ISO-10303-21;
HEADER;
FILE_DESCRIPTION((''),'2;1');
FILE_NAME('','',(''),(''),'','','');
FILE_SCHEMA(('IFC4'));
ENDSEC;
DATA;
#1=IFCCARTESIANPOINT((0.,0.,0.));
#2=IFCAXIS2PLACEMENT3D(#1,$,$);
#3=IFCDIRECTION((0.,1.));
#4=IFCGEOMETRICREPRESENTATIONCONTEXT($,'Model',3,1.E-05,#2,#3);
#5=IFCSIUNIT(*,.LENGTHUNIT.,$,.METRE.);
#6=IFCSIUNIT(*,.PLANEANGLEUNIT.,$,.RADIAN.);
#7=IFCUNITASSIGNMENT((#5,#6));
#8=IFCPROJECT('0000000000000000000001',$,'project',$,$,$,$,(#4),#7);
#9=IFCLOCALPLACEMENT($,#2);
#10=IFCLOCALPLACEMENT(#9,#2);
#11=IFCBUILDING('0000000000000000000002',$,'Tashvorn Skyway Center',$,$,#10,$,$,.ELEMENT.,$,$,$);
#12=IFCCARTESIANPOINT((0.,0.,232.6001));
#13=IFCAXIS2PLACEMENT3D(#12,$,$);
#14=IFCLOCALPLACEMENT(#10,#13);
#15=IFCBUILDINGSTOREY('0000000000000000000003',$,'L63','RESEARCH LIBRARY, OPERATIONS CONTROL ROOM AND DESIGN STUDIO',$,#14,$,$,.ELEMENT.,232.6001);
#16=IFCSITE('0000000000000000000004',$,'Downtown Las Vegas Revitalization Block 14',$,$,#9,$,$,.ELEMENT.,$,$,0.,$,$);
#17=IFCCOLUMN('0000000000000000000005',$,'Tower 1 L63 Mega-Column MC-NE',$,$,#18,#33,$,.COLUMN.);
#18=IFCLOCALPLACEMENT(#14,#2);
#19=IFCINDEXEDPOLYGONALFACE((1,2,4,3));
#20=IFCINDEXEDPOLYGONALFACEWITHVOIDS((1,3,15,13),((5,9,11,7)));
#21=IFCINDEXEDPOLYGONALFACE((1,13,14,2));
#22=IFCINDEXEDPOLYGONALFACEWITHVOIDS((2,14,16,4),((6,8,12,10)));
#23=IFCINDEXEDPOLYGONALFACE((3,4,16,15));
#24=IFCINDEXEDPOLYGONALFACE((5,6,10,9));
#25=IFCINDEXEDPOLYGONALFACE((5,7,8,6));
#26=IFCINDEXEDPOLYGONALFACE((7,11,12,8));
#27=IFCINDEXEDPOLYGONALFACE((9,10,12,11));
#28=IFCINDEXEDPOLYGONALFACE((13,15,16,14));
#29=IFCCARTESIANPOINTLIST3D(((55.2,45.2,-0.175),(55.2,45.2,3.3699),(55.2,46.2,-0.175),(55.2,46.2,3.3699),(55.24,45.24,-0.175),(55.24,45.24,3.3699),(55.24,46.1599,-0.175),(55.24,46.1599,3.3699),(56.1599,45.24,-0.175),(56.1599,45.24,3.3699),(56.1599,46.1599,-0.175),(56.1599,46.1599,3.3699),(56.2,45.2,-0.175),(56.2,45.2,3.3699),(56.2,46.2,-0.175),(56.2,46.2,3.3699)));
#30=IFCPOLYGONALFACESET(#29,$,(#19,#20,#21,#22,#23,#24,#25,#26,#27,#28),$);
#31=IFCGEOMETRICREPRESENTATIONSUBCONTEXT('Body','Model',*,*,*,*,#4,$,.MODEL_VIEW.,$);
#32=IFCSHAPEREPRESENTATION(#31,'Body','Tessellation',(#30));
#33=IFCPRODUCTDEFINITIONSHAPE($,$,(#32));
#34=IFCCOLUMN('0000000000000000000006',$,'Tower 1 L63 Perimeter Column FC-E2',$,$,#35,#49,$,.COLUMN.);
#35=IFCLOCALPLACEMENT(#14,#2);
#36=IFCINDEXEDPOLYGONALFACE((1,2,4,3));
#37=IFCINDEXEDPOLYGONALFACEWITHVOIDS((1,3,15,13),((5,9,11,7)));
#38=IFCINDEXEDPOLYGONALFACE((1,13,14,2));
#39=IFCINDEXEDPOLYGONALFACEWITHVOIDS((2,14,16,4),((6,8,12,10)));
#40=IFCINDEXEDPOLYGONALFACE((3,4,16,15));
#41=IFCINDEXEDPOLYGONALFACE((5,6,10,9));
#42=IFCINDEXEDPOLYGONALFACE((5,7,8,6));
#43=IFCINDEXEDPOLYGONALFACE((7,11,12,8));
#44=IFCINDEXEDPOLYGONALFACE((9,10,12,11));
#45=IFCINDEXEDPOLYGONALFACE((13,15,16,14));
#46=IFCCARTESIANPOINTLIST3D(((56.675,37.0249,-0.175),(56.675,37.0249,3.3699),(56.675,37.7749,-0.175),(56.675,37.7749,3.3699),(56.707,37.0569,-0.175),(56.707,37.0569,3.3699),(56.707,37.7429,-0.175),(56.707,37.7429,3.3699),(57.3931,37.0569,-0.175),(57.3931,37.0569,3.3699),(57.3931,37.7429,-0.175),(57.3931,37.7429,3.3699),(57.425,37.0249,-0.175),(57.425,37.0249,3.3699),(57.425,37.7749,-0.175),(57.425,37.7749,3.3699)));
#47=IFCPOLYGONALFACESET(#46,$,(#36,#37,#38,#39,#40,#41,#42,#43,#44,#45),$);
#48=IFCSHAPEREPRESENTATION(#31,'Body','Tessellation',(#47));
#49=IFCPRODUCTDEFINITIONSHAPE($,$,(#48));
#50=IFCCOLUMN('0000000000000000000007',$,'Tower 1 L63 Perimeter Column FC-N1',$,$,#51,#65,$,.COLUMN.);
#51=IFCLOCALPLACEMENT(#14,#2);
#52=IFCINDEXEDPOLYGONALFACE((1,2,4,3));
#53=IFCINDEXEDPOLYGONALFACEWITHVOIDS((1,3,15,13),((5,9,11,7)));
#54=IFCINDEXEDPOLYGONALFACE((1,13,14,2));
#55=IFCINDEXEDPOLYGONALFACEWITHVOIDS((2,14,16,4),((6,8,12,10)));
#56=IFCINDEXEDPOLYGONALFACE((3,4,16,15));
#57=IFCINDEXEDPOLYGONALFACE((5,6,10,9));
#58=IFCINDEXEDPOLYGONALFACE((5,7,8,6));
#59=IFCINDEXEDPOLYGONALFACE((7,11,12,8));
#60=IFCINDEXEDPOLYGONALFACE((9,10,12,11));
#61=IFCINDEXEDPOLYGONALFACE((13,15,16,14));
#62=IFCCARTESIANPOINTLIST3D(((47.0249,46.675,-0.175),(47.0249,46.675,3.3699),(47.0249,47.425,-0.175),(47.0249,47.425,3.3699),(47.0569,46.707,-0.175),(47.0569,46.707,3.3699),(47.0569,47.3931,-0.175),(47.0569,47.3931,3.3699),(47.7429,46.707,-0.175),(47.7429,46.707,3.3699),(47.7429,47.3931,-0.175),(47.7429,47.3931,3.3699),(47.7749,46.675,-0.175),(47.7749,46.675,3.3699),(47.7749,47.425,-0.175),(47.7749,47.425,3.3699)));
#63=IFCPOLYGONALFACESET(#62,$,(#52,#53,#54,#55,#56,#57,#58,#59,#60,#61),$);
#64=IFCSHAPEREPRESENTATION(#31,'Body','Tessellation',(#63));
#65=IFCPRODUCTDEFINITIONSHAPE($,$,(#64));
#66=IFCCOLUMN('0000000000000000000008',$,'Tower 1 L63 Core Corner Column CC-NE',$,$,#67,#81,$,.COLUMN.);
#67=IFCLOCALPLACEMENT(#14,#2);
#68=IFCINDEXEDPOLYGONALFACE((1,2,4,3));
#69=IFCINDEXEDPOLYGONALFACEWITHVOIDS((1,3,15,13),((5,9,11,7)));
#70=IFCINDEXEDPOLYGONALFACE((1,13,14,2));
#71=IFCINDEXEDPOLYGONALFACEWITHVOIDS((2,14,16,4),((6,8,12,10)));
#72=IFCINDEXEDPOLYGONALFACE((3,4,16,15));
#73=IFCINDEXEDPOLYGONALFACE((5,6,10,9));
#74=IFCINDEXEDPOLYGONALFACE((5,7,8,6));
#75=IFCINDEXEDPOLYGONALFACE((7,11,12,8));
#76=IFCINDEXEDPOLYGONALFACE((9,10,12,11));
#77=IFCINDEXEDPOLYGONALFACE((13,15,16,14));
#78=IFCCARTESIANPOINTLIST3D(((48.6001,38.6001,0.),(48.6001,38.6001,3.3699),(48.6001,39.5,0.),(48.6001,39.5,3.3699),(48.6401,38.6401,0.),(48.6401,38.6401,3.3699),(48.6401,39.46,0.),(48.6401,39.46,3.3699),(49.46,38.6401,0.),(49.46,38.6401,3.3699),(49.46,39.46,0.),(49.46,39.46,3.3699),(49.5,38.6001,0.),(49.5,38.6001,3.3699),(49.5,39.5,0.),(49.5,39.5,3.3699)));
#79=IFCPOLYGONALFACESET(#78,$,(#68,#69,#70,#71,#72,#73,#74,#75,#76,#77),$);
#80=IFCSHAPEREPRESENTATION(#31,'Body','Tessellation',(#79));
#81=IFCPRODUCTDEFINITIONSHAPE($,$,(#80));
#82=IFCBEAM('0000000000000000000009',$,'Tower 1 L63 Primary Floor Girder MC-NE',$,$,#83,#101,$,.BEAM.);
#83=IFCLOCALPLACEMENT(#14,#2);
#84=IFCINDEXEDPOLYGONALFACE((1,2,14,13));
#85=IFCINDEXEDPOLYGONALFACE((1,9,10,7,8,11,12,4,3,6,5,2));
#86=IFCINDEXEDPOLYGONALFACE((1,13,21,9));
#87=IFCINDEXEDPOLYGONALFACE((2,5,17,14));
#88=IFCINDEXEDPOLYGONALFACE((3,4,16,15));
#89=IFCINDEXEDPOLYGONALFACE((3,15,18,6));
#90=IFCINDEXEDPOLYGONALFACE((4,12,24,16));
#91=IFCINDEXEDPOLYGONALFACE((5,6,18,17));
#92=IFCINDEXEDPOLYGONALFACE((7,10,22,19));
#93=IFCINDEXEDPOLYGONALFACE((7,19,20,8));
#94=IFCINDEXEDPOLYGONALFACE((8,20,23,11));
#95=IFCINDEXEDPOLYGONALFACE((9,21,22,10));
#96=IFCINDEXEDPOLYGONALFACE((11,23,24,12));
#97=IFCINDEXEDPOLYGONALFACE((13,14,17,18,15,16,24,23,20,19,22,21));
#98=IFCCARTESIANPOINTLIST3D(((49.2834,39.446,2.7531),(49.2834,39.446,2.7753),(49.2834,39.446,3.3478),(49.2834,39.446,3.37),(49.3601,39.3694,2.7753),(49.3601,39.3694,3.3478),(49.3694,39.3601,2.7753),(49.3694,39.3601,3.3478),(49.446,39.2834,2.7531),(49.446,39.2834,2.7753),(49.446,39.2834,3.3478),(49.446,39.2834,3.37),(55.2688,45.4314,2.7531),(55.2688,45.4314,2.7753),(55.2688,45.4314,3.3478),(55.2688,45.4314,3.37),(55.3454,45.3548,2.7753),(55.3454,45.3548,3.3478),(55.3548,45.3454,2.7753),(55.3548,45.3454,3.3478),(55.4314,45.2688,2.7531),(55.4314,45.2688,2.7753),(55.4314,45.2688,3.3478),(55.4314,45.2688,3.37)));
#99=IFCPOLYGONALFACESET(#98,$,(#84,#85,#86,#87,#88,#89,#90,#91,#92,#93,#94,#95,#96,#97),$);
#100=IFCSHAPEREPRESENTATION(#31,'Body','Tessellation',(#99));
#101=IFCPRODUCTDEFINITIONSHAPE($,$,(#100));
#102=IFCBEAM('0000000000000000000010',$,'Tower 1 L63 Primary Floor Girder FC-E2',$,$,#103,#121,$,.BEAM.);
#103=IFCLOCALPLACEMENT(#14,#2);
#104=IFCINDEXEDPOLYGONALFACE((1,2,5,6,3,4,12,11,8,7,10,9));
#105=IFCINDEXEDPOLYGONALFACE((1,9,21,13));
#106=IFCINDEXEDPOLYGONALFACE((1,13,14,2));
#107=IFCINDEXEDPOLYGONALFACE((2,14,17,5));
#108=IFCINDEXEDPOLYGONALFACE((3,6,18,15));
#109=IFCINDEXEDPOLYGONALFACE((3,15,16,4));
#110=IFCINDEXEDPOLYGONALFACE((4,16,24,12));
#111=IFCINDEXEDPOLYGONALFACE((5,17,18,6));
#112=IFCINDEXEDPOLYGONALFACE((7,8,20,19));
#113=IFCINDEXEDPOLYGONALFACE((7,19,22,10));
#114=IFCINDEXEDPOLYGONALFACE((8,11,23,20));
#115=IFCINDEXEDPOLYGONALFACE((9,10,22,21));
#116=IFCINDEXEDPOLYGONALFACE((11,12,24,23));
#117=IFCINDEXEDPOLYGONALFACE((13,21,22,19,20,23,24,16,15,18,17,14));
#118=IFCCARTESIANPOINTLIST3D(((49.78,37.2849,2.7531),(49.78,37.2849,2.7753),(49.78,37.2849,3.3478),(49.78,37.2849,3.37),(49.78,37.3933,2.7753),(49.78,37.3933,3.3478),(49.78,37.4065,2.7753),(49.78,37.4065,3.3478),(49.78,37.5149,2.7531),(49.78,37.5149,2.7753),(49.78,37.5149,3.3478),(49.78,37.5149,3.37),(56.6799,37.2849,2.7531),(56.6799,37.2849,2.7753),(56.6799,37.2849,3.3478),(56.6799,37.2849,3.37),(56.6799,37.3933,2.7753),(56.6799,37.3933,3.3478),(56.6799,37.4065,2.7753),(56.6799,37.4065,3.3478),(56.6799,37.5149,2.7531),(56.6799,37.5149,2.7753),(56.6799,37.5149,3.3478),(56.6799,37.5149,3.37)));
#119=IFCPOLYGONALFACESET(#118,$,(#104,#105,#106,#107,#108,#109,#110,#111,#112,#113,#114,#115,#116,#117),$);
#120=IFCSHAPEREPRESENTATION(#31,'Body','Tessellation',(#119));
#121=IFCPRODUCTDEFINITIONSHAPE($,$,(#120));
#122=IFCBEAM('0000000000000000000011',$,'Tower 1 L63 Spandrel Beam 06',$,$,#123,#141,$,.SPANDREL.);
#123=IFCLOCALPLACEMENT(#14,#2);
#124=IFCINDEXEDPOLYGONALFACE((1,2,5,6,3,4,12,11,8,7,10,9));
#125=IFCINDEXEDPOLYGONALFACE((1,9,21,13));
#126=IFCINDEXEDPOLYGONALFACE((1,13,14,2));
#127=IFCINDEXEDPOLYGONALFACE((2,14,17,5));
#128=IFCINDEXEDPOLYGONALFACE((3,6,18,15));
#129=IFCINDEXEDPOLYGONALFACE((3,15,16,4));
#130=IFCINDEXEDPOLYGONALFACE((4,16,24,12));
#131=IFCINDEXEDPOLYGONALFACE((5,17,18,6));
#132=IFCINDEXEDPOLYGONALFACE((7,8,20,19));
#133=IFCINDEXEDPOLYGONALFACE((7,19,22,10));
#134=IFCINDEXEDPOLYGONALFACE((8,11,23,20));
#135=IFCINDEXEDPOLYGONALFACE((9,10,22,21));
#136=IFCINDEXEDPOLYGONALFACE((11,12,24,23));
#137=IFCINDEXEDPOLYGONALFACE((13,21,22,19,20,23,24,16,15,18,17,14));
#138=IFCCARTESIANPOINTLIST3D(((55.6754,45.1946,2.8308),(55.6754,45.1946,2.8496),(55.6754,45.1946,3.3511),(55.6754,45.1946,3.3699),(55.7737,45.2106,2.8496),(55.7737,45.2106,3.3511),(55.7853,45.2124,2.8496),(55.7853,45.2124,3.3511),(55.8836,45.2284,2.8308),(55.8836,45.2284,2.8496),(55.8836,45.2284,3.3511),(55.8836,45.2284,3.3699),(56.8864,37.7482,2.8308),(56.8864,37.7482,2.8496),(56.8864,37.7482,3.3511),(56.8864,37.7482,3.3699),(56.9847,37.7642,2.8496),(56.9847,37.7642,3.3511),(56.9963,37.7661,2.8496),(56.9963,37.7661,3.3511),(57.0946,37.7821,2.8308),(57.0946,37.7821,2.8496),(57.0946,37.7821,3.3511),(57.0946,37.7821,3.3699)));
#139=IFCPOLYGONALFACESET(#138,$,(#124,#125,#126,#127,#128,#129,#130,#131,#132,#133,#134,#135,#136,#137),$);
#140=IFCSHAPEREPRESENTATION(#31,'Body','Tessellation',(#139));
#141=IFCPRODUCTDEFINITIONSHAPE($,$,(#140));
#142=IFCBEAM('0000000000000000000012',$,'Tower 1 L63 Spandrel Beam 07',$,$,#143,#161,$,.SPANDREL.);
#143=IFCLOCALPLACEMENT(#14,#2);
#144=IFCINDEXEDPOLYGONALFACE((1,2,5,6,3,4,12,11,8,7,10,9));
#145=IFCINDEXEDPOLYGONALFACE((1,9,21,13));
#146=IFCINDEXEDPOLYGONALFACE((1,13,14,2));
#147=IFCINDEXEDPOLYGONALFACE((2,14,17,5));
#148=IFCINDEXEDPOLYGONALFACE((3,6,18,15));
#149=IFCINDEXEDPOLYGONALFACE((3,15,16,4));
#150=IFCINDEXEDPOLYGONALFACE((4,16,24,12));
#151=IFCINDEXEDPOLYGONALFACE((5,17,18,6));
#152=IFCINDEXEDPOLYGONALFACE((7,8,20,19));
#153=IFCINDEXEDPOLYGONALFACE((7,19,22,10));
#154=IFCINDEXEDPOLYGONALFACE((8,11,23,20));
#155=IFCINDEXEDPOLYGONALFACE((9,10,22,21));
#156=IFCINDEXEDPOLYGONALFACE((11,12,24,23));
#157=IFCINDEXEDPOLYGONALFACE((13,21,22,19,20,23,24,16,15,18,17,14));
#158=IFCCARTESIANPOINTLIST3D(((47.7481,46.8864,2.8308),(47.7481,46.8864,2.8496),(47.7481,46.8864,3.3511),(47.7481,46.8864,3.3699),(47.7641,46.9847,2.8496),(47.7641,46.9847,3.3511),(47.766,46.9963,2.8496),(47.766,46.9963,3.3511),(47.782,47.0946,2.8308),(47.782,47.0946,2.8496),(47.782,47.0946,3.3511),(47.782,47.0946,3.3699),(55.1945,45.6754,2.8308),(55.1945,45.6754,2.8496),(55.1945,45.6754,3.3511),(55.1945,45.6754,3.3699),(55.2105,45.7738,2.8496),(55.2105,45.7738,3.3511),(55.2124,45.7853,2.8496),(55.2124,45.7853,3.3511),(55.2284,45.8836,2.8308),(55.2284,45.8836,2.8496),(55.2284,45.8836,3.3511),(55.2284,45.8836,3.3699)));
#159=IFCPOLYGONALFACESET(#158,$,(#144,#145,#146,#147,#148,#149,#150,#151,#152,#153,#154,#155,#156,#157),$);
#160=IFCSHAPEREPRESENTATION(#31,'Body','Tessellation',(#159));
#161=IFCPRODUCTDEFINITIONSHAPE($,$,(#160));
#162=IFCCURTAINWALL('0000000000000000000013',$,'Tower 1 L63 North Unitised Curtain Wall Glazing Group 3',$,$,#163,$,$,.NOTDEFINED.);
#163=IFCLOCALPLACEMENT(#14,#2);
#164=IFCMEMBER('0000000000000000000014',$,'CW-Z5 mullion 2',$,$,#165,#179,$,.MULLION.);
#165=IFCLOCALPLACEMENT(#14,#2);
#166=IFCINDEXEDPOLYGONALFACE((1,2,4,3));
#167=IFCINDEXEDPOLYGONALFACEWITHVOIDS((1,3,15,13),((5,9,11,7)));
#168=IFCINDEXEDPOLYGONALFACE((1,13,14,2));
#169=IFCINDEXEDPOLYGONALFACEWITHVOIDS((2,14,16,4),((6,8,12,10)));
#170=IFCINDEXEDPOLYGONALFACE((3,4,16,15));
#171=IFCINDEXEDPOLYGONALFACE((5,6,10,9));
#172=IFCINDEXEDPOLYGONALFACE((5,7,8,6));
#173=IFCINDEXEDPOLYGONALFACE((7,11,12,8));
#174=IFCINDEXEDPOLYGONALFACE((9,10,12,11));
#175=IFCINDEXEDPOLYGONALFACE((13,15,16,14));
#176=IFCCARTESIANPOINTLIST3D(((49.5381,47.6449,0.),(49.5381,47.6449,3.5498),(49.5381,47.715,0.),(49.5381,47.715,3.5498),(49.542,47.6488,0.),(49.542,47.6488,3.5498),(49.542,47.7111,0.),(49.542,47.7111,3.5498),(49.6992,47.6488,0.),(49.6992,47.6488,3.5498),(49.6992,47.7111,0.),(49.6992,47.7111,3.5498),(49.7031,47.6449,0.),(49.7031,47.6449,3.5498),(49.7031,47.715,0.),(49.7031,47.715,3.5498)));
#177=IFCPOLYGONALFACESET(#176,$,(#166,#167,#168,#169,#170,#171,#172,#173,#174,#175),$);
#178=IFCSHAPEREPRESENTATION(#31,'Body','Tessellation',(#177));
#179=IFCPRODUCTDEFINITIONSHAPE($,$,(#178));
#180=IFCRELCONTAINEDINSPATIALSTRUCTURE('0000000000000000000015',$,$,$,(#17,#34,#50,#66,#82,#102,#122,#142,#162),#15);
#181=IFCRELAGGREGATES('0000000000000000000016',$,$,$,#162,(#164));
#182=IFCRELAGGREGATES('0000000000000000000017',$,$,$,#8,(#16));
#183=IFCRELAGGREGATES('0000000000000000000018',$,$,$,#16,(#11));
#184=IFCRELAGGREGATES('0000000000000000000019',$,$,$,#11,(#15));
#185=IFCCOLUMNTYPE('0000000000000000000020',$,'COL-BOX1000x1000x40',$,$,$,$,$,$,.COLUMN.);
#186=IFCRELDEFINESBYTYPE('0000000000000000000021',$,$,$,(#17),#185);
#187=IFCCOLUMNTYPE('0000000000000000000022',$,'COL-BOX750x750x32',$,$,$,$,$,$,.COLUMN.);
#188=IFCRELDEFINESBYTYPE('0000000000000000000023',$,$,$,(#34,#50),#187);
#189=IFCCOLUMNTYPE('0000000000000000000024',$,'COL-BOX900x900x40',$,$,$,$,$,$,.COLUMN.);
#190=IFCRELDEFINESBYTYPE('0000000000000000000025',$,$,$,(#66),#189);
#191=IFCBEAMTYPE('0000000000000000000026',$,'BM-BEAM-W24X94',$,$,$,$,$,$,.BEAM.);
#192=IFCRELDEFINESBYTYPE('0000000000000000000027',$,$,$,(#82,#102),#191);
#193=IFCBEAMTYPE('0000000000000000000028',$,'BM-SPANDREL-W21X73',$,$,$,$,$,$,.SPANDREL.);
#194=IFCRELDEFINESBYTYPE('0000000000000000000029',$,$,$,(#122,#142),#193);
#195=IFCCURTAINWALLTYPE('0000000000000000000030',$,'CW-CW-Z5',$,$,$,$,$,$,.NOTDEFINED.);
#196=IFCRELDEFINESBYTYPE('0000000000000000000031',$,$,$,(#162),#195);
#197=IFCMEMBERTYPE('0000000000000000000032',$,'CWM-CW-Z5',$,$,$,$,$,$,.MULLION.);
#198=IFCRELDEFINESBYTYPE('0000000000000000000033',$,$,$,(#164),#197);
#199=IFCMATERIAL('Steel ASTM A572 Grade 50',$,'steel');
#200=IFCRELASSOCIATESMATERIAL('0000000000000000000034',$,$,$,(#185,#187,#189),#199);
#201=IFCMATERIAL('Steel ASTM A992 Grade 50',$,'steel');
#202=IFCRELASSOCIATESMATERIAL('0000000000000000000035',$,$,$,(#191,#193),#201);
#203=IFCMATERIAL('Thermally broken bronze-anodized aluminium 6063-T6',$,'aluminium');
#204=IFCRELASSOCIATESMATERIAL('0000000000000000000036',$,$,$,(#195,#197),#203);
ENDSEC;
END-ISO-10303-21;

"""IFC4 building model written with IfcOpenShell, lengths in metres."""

from ifc_helpers import new_model, si_unit, direction, frame, origin, origin_2d, place, context, subcontext, project, spatial, hollow_rectangle, i_section, extrude, material, material_profile, profile_set, type_object, element, aggregate, save


model = new_model("IFC4")

# Units and contexts
model_context = context("Model", 3, precision=1e-05, world=origin(), true_north=direction((0.0, 1.0)))
body_context = subcontext(model_context, "Body", "Model", "MODEL_VIEW")
ifc_project = project(units=[si_unit("LENGTHUNIT", "METRE"), si_unit("PLANEANGLEUNIT", "RADIAN")], contexts=[model_context])

# Site, building, storey
site_placement = place(None, origin())
site = spatial("IfcSite", under=ifc_project, at=site_placement, Name="Downtown Las Vegas Revitalization Block 14", CompositionType="ELEMENT", RefElevation=0.0)
building_placement = place(site_placement, origin())
building = spatial("IfcBuilding", under=site, at=building_placement, Name="Tashvorn Skyway Center", CompositionType="ELEMENT")
storey_placement = place(building_placement, frame((0.0, 0.0, 232.6001)))
storey = spatial("IfcBuildingStorey", under=building, at=storey_placement, Name="L63", Description="RESEARCH LIBRARY, OPERATIONS CONTROL ROOM AND DESIGN STUDIO", CompositionType="ELEMENT", Elevation=232.6001)

# Columns
ifc_material_1 = material(Name="Steel ASTM A572 Grade 50", Category="steel")
ifc_material_profile_1 = material_profile(ifc_material_1, hollow_rectangle(XDim=1.0, YDim=1.0, WallThickness=0.04, at=origin_2d()), Name="BOX1000x1000x40")
ifc_profile_set_1 = profile_set([ifc_material_profile_1], Name="Steel ASTM A572 Grade 50")
column_type_1 = type_object("IfcColumnType", Name="COL-BOX1000x1000x40", PredefinedType="COLUMN", material=ifc_profile_set_1)
column_1_placement = place(storey_placement, frame((55.7, 45.7, -0.175), z_axis=(0.0, 0.0, 1.0), x_axis=(1.0, 0.0, 0.0)))
element("IfcColumn", 1, at=column_1_placement, inside=storey, type_object=column_type_1, Name="Tower 1 L63 Mega-Column MC-NE", PredefinedType="COLUMN", context=body_context, shape_type="SweptSolid", body=[
    extrude(hollow_rectangle(XDim=1.0, YDim=1.0, WallThickness=0.04, at=origin_2d()), origin(), (0.0, 0.0, 1.0), 3.5449),
])
ifc_material_profile_2 = material_profile(ifc_material_1, hollow_rectangle(XDim=0.75, YDim=0.75, WallThickness=0.032, at=origin_2d()), Name="BOX750x750x32")
ifc_profile_set_2 = profile_set([ifc_material_profile_2], Name="Steel ASTM A572 Grade 50")
column_type_2 = type_object("IfcColumnType", Name="COL-BOX750x750x32", PredefinedType="COLUMN", material=ifc_profile_set_2)
for number, where, z_axis, x_axis, name in (
    (2, (57.05, 37.3999, -0.175), (0.0, 0.0, 1.0), (1.0, 0.0, 0.0), "Tower 1 L63 Perimeter Column FC-E2"),
    (3, (47.3999, 47.05, -0.175), (0.0, 0.0, 1.0), (1.0, 0.0, 0.0), "Tower 1 L63 Perimeter Column FC-N1"),
):
    element("IfcColumn", number, at=place(storey_placement, frame(where, z_axis=z_axis, x_axis=x_axis)), inside=storey, type_object=column_type_2, Name=name, PredefinedType="COLUMN", context=body_context, shape_type="SweptSolid", body=[
        extrude(hollow_rectangle(XDim=0.75, YDim=0.75, WallThickness=0.032, at=origin_2d()), origin(), (0.0, 0.0, 1.0), 3.5449),
    ])
ifc_material_profile_3 = material_profile(ifc_material_1, hollow_rectangle(XDim=0.8999, YDim=0.8999, WallThickness=0.04, at=origin_2d()), Name="BOX900x900x40")
ifc_profile_set_3 = profile_set([ifc_material_profile_3], Name="Steel ASTM A572 Grade 50")
column_type_3 = type_object("IfcColumnType", Name="COL-BOX900x900x40", PredefinedType="COLUMN", material=ifc_profile_set_3)
column_2_placement = place(storey_placement, frame((49.05, 39.05, 0.0), z_axis=(0.0, 0.0, 1.0), x_axis=(1.0, 0.0, 0.0)))
element("IfcColumn", 4, at=column_2_placement, inside=storey, type_object=column_type_3, Name="Tower 1 L63 Core Corner Column CC-NE", PredefinedType="COLUMN", context=body_context, shape_type="SweptSolid", body=[
    extrude(hollow_rectangle(XDim=0.8999, YDim=0.8999, WallThickness=0.04, at=origin_2d()), origin(), (0.0, 0.0, 1.0), 3.3699),
])

# Beams
ifc_material_2 = material(Name="Steel ASTM A992 Grade 50", Category="steel")
ifc_material_profile_4 = material_profile(ifc_material_2, i_section(OverallWidth=0.23, OverallDepth=0.6169, WebThickness=0.0132, FlangeThickness=0.0222, at=origin_2d()), Name="W24X94")
ifc_profile_set_4 = profile_set([ifc_material_profile_4], Name="Steel ASTM A992 Grade 50")
beam_type_1 = type_object("IfcBeamType", Name="BM-BEAM-W24X94", PredefinedType="BEAM", material=ifc_profile_set_4)
beam_1_placement = place(storey_placement, frame((55.3501, 45.3501, 3.0615), z_axis=(-0.707107, -0.707107, 0.0), x_axis=(0.707107, -0.707107, 0.0)))
element("IfcBeam", 5, at=beam_1_placement, inside=storey, type_object=beam_type_1, Name="Tower 1 L63 Primary Floor Girder MC-NE", PredefinedType="BEAM", context=body_context, shape_type="SweptSolid", body=[
    extrude(i_section(OverallWidth=0.23, OverallDepth=0.6169, WebThickness=0.0132, FlangeThickness=0.0222, at=origin_2d()), origin(), (0.0, 0.0, 1.0), 8.4646),
])
beam_2_placement = place(storey_placement, frame((56.6799, 37.3999, 3.0615), z_axis=(-1.0, 0.0, 0.0), x_axis=(0.0, -1.0, 0.0)))
element("IfcBeam", 6, at=beam_2_placement, inside=storey, type_object=beam_type_1, Name="Tower 1 L63 Primary Floor Girder FC-E2", PredefinedType="BEAM", context=body_context, shape_type="SweptSolid", body=[
    extrude(i_section(OverallWidth=0.23, OverallDepth=0.6169, WebThickness=0.0132, FlangeThickness=0.0222, at=origin_2d()), origin(), (0.0, 0.0, 1.0), 6.8999),
])
ifc_material_profile_5 = material_profile(ifc_material_2, i_section(OverallWidth=0.2109, OverallDepth=0.5391, WebThickness=0.0117, FlangeThickness=0.0188, at=origin_2d()), Name="W21X73")
ifc_profile_set_5 = profile_set([ifc_material_profile_5], Name="Steel ASTM A992 Grade 50")
beam_type_2 = type_object("IfcBeamType", Name="BM-SPANDREL-W21X73", PredefinedType="SPANDREL", material=ifc_profile_set_5)
for number, where, z_axis, x_axis, name in (
    (7, (56.9905, 37.7651, 3.1003), (-0.160514, 0.987034, 0.0), (-0.987034, -0.160514, 0.0), "Tower 1 L63 Spandrel Beam 06"),
    (8, (55.2114, 45.7795, 3.1003), (-0.987034, 0.160514, 0.0), (-0.160514, -0.987034, 0.0), "Tower 1 L63 Spandrel Beam 07"),
):
    element("IfcBeam", number, at=place(storey_placement, frame(where, z_axis=z_axis, x_axis=x_axis)), inside=storey, type_object=beam_type_2, Name=name, PredefinedType="SPANDREL", context=body_context, shape_type="SweptSolid", body=[
        extrude(i_section(OverallWidth=0.2109, OverallDepth=0.5391, WebThickness=0.0117, FlangeThickness=0.0188, at=origin_2d()), origin(), (0.0, 0.0, 1.0), 7.5442),
    ])

# Curtain wall, member
ifc_material_3 = material(Name="Thermally broken bronze-anodized aluminium 6063-T6", Category="aluminium")
curtain_wall_type = type_object("IfcCurtainWallType", Name="CW-CW-Z5", PredefinedType="NOTDEFINED", material=ifc_material_3)
curtain_wall_1_placement = place(storey_placement, origin())
curtain_wall_1 = element("IfcCurtainWall", 9, at=curtain_wall_1_placement, inside=storey, type_object=curtain_wall_type, Name="Tower 1 L63 North Unitised Curtain Wall Glazing Group 3", PredefinedType="NOTDEFINED")
ifc_material_profile_6 = material_profile(ifc_material_3, hollow_rectangle(XDim=0.0701, YDim=0.165, WallThickness=0.0039, at=origin_2d()), Name="ALU-MULL-70x165")
ifc_profile_set_6 = profile_set([ifc_material_profile_6], Name="Thermally broken bronze-anodized aluminium 6063-T6")
member_type_1 = type_object("IfcMemberType", Name="CWM-CW-Z5", PredefinedType="MULLION", material=ifc_profile_set_6)
member_1_placement = place(storey_placement, frame((49.6206, 47.6799, 0.0), z_axis=(0.0, 0.0, 1.0), x_axis=(0.0, 1.0, 0.0)))
member_1 = element("IfcMember", 10, at=member_1_placement, type_object=member_type_1, Name="CW-Z5 mullion 2", PredefinedType="MULLION", context=body_context, shape_type="SweptSolid", body=[
    extrude(hollow_rectangle(XDim=0.0701, YDim=0.165, WallThickness=0.0039, at=origin_2d()), origin(), (0.0, 0.0, 1.0), 3.5498),
])

aggregate(curtain_wall_1, [member_1])

save(model, "model.ifc")
